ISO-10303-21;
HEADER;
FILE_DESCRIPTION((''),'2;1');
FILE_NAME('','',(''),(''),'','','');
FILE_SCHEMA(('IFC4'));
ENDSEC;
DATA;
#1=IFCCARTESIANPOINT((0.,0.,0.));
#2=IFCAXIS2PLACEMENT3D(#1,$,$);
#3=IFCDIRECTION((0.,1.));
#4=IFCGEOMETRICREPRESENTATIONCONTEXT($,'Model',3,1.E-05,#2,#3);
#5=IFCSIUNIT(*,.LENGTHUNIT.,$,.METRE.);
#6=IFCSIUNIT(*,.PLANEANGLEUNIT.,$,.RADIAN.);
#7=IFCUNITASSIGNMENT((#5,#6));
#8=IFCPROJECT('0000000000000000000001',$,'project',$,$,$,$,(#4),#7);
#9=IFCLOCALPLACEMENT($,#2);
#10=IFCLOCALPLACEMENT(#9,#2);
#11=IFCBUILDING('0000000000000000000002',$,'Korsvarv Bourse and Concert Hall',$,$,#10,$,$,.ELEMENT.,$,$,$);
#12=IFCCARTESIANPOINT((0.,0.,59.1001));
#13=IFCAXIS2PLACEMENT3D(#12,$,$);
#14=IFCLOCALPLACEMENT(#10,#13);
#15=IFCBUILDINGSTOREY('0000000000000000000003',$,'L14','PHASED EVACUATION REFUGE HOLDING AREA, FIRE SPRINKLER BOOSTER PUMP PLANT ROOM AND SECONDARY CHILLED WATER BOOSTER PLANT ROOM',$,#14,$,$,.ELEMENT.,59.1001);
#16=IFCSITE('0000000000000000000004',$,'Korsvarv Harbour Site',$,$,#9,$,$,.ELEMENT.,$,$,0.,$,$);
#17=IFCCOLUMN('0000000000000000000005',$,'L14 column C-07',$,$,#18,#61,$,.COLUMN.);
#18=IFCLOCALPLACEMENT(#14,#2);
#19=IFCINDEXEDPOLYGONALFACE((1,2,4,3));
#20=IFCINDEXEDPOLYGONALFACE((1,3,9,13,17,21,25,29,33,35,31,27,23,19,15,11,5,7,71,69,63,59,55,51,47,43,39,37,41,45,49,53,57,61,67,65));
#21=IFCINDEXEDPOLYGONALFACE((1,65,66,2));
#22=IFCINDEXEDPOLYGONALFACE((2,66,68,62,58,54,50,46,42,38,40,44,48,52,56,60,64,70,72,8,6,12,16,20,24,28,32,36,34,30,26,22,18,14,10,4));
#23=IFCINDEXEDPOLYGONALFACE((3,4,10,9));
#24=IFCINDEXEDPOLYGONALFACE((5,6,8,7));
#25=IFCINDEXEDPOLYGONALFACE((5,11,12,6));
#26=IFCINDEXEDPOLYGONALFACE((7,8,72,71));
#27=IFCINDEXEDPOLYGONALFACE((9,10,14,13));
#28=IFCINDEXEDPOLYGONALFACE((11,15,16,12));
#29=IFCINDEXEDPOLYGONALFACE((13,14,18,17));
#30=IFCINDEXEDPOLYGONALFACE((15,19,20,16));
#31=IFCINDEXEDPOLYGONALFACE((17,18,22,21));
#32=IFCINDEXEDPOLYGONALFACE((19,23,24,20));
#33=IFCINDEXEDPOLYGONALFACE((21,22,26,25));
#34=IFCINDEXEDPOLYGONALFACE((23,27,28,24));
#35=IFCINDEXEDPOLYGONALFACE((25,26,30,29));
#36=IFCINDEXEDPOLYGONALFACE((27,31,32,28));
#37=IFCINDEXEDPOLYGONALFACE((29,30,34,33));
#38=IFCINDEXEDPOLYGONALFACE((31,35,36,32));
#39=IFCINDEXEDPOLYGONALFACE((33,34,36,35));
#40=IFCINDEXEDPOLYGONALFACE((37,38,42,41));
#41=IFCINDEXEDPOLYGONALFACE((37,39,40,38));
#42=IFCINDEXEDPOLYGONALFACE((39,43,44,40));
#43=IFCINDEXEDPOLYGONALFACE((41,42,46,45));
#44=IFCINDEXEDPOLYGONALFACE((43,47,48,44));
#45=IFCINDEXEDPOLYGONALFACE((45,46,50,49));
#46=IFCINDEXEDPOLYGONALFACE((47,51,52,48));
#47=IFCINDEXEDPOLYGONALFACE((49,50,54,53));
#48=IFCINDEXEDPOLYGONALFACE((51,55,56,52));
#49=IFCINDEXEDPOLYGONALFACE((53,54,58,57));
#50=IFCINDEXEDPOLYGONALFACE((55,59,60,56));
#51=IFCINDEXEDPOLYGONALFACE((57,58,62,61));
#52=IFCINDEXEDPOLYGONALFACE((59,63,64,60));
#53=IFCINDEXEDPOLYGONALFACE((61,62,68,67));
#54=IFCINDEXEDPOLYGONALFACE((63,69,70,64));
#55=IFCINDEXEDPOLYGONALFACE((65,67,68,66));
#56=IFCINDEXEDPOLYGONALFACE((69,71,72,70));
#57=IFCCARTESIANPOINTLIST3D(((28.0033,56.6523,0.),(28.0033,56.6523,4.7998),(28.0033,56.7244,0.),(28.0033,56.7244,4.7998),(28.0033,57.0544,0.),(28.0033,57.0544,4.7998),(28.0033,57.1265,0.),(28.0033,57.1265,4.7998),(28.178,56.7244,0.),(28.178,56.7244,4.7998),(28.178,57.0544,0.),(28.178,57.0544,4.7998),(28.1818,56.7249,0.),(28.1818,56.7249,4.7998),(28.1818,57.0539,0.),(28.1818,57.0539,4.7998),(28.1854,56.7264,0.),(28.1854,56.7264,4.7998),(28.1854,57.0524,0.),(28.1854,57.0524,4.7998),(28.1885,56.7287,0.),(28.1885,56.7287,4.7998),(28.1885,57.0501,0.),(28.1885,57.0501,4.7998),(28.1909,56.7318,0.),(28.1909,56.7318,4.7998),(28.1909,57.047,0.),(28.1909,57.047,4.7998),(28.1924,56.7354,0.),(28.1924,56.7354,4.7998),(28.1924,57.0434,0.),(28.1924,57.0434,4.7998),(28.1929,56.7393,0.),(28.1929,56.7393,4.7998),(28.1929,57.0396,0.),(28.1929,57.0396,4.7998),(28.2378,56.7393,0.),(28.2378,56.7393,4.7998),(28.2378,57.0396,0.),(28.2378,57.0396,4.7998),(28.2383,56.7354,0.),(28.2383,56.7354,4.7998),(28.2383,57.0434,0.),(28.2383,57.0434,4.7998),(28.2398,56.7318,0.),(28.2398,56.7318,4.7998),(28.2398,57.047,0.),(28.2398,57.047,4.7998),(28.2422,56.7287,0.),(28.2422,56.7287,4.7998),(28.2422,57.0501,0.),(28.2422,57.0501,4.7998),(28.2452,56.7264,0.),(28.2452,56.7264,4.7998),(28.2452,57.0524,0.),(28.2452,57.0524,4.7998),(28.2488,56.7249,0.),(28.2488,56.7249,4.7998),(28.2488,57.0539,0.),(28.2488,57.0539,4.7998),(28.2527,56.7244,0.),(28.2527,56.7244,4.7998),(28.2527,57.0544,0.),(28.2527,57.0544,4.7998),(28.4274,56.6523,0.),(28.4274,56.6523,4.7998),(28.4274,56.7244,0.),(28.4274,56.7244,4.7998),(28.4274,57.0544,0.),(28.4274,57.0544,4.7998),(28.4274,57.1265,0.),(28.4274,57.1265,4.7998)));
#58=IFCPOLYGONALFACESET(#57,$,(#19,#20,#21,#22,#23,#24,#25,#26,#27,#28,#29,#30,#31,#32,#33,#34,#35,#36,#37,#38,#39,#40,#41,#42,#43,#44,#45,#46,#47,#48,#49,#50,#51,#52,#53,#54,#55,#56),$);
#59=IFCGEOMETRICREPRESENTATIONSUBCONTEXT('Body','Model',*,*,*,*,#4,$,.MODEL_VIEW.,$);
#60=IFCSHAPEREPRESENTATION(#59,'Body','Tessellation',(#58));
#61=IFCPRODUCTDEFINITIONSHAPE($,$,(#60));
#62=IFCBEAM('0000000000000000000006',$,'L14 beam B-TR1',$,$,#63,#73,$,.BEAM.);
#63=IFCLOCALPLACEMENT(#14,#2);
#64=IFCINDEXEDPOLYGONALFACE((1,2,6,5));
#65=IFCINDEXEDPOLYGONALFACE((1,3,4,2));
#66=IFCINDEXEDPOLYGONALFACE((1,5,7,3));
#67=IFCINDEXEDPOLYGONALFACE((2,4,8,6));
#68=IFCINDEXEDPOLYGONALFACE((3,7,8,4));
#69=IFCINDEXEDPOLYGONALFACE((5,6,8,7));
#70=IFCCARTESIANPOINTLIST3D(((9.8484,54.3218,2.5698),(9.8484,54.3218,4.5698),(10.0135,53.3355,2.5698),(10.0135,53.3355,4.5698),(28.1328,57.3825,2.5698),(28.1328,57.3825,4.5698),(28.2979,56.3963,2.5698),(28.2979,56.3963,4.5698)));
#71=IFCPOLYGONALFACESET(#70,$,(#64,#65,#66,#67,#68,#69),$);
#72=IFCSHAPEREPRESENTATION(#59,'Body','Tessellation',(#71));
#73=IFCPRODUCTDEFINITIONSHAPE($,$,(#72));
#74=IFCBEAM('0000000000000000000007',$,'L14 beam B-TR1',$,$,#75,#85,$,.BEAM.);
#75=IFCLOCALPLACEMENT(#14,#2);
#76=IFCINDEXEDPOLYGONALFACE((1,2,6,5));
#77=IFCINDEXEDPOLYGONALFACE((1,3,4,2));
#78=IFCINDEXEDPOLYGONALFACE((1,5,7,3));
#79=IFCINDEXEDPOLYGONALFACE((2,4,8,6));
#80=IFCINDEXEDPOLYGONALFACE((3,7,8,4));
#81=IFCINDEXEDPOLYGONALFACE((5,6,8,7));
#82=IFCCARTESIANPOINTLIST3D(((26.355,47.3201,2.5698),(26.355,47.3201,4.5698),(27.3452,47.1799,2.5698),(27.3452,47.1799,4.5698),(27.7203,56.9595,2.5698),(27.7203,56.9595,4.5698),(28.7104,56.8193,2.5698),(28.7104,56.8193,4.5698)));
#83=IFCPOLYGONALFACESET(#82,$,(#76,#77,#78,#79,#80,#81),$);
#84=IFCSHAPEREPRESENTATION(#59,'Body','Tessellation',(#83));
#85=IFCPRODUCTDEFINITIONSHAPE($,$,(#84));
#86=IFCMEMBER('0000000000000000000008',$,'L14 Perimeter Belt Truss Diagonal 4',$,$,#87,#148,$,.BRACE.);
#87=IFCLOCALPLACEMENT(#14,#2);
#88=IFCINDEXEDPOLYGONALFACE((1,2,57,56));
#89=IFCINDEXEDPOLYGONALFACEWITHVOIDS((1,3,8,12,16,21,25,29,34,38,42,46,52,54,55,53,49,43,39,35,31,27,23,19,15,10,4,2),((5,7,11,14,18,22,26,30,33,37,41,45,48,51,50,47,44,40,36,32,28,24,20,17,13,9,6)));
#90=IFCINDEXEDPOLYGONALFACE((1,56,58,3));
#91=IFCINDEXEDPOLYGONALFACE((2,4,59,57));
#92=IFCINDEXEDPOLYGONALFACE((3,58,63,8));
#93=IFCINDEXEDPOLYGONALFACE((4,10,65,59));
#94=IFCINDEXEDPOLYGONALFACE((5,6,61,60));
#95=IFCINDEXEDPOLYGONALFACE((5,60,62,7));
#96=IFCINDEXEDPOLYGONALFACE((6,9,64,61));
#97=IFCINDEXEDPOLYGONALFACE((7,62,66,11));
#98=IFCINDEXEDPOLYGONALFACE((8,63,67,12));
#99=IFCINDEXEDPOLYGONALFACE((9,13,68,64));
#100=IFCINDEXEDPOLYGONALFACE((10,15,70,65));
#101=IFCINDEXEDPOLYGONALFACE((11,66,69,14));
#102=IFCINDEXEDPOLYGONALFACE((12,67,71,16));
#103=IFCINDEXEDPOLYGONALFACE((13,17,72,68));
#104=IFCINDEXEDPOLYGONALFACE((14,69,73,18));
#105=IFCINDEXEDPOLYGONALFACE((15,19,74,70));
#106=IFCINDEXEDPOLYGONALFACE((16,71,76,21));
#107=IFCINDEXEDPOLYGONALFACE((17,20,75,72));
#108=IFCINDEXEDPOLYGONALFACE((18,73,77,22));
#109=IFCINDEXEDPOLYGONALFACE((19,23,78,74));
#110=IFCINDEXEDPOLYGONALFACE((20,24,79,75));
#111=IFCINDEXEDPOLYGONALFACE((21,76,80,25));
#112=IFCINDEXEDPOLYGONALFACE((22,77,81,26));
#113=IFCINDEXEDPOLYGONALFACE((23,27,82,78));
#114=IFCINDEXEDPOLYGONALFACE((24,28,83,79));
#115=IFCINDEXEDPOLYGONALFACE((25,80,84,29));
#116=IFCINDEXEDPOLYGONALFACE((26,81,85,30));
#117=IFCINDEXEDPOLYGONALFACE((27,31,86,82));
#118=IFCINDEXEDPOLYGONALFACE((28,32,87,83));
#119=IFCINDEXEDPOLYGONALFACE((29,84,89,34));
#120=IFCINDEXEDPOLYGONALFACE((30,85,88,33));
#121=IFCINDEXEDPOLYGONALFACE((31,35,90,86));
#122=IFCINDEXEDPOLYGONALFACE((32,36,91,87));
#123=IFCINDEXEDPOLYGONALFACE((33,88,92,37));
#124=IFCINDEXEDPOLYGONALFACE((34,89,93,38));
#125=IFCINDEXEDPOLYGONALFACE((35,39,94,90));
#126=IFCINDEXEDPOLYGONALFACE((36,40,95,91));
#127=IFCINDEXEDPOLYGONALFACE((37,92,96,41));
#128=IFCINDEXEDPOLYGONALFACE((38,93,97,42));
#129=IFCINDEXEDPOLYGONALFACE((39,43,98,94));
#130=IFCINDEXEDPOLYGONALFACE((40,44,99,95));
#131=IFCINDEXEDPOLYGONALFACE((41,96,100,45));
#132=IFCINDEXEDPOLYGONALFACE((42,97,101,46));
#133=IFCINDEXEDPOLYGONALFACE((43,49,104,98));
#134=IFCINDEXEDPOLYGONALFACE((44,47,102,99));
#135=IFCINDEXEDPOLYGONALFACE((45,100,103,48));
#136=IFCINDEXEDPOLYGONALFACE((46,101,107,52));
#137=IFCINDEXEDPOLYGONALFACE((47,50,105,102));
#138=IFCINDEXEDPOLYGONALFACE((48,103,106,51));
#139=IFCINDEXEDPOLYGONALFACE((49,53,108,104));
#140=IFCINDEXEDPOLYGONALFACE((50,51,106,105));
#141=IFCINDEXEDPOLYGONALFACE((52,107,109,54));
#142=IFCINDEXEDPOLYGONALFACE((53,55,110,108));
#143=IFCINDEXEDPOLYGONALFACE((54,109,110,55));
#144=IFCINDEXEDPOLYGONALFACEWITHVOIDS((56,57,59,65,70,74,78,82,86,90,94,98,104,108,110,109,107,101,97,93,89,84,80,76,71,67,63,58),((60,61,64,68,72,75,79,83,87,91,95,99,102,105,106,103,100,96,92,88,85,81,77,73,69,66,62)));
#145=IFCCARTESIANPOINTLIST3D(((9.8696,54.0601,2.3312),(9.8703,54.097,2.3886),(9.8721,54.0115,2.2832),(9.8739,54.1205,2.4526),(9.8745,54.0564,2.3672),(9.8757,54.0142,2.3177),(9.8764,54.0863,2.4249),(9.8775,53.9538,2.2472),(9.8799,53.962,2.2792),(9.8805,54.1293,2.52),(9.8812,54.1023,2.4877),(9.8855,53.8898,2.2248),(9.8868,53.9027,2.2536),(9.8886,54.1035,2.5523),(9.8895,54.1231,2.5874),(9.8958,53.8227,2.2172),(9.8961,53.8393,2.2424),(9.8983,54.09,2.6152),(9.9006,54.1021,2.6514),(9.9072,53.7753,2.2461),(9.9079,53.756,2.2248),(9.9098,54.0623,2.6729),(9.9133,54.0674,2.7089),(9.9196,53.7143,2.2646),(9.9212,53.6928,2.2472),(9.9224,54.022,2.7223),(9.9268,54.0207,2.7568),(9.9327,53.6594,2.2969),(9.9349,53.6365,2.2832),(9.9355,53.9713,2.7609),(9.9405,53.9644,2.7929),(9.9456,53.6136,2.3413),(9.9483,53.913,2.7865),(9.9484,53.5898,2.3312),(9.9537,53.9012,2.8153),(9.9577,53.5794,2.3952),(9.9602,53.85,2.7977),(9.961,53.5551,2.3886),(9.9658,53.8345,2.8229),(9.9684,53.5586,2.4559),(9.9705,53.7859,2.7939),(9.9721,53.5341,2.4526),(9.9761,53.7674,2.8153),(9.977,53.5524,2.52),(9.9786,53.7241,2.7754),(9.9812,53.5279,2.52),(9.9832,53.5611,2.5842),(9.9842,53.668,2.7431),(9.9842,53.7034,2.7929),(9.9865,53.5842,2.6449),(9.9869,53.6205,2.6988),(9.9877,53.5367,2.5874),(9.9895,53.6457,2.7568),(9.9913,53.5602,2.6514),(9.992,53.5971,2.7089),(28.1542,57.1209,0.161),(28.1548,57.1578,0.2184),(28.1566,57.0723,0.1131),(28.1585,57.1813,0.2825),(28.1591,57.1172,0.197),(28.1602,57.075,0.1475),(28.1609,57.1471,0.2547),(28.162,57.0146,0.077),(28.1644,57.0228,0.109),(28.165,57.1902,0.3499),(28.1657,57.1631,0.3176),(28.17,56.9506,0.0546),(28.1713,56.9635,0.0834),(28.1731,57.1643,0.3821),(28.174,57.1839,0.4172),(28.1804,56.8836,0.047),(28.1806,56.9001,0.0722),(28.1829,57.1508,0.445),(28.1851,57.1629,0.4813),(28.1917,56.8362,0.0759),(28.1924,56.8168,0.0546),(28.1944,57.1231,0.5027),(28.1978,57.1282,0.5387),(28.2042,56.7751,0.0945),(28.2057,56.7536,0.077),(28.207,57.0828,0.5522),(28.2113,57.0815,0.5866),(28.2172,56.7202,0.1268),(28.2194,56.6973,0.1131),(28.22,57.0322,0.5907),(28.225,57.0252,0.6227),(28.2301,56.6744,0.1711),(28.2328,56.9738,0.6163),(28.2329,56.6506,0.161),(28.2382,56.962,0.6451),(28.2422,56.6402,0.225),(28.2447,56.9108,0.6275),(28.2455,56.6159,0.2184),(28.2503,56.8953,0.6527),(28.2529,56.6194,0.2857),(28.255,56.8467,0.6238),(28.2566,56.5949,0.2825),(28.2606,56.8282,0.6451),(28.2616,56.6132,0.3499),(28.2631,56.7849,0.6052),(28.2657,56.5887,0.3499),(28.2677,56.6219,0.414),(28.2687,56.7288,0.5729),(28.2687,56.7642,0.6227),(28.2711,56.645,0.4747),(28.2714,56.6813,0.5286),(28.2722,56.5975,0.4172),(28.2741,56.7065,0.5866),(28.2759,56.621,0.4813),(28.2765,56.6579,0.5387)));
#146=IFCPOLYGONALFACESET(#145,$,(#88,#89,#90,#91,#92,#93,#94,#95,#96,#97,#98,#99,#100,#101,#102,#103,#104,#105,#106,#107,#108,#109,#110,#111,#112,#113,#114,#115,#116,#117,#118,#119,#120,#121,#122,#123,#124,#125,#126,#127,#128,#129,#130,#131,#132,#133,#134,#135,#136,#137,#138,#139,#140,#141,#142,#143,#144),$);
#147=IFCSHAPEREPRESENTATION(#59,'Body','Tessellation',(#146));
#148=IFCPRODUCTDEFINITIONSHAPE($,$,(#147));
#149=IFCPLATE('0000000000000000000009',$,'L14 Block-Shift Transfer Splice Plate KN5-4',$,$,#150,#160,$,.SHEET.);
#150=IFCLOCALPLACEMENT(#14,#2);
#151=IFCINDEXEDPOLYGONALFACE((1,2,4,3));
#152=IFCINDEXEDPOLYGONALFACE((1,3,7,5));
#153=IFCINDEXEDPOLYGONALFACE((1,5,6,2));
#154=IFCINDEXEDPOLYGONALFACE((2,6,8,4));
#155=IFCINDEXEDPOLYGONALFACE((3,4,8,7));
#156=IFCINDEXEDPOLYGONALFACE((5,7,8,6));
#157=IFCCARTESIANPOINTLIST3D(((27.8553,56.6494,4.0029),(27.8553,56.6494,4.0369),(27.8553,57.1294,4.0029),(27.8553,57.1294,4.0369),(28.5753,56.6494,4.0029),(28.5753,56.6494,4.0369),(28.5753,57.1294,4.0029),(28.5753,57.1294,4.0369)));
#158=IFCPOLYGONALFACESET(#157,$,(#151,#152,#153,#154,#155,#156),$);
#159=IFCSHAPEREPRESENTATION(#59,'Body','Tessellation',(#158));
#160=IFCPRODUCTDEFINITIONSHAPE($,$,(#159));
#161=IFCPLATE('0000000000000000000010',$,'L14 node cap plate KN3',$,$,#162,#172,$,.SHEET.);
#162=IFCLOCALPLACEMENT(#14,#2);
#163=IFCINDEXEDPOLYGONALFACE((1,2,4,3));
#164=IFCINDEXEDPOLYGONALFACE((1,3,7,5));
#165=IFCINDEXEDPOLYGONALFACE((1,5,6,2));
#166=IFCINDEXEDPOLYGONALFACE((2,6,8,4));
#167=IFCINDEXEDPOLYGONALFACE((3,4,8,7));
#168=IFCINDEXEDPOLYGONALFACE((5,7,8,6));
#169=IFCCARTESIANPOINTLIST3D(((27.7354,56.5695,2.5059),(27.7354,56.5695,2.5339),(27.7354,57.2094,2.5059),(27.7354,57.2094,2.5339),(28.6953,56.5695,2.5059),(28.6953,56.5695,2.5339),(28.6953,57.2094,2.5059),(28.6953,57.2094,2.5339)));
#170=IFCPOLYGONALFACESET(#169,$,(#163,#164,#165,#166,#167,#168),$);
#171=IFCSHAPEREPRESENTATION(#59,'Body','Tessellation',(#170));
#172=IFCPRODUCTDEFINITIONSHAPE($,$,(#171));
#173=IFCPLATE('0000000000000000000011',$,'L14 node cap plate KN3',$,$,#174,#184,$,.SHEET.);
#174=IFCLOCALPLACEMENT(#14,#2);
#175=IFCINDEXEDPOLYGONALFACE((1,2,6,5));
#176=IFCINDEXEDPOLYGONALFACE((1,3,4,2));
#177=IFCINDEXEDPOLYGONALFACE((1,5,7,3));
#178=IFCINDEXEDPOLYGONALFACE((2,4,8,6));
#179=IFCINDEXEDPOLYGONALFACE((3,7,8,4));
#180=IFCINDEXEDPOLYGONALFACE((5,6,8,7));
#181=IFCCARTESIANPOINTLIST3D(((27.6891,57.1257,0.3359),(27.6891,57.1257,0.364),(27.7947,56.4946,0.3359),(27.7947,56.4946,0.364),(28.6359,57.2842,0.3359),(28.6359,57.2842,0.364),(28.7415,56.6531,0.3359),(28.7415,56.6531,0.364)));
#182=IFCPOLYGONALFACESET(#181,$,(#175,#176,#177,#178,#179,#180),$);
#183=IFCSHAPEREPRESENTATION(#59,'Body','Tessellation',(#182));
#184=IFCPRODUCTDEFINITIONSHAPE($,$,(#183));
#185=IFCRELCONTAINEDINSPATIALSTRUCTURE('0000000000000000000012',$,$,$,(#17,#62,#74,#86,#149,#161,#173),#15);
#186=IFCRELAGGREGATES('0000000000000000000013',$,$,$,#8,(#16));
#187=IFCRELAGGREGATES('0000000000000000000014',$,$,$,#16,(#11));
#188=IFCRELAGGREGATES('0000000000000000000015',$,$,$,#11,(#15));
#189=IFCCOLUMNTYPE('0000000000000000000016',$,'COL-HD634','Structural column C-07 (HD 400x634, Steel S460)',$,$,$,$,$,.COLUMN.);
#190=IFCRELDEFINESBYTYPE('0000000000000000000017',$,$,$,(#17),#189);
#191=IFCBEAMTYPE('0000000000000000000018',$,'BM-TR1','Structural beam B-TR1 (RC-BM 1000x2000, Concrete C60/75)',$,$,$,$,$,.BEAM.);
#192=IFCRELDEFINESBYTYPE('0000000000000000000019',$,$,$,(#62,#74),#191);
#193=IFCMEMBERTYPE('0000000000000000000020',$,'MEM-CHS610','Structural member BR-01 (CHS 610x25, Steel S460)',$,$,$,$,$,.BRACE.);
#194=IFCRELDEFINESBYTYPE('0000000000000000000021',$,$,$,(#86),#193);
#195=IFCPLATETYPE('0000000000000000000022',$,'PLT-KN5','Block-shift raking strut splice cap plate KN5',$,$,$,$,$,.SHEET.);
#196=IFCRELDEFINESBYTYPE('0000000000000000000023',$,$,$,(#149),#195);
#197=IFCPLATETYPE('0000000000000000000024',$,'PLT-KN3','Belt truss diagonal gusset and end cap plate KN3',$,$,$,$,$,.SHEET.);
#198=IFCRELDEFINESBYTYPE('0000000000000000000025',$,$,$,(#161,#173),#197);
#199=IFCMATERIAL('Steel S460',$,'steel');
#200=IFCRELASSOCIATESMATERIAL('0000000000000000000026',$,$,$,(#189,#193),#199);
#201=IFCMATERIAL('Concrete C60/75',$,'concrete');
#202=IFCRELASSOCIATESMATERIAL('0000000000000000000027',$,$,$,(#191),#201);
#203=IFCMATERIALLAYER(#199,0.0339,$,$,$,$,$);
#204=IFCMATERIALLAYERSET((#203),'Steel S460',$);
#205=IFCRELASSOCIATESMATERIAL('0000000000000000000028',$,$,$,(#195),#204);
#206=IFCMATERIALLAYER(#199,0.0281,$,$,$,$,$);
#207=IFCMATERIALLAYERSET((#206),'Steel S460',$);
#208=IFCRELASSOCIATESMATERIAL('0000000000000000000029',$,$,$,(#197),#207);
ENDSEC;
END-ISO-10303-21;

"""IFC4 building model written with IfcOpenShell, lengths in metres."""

from ifc_helpers import new_model, si_unit, direction, frame, origin, origin_2d, place, context, subcontext, project, spatial, rectangle, hollow_circle, i_section, extrude, source, transform, mapped, material, layer, layer_set, material_profile, profile_set, type_object, element, save


model = new_model("IFC4")

# Units and contexts
model_context = context("Model", 3, precision=1e-05, world=origin(), true_north=direction((0.0, 1.0)))
body_context = subcontext(model_context, "Body", "Model", "MODEL_VIEW")
ifc_project = project(units=[si_unit("LENGTHUNIT", "METRE"), si_unit("PLANEANGLEUNIT", "RADIAN")], contexts=[model_context])

# Site, building, storey
site_placement = place(None, origin())
site = spatial("IfcSite", under=ifc_project, at=site_placement, Name="Korsvarv Harbour Site", CompositionType="ELEMENT", RefElevation=0.0)
building_placement = place(site_placement, origin())
building = spatial("IfcBuilding", under=site, at=building_placement, Name="Korsvarv Bourse and Concert Hall", CompositionType="ELEMENT")
storey_placement = place(building_placement, frame((0.0, 0.0, 59.1001)))
storey = spatial("IfcBuildingStorey", under=building, at=storey_placement, Name="L14", Description="PHASED EVACUATION REFUGE HOLDING AREA, FIRE SPRINKLER BOOSTER PUMP PLANT ROOM AND SECONDARY CHILLED WATER BOOSTER PLANT ROOM", CompositionType="ELEMENT", Elevation=59.1001)

# Column
ifc_material_1 = material(Name="Steel S460", Category="steel")
ifc_material_profile_1 = material_profile(ifc_material_1, i_section(OverallWidth=0.4241, OverallDepth=0.4741, WebThickness=0.0449, FlangeThickness=0.072, FilletRadius=0.0149, at=origin_2d()), Name="HD 400x634")
ifc_profile_set_1 = profile_set([ifc_material_profile_1], Name="Steel S460")
column_type = type_object("IfcColumnType", Name="COL-HD634", Description="Structural column C-07 (HD 400x634, Steel S460)", PredefinedType="COLUMN", material=ifc_profile_set_1)
shared_shape_1 = source(origin(), body_context, "Body", "SweptSolid", [
    extrude(i_section(OverallWidth=0.4241, OverallDepth=0.4741, WebThickness=0.0449, FlangeThickness=0.072, FilletRadius=0.0149, at=origin_2d()), origin(), (0.0, 0.0, 1.0), 4.7998),
])
column_placement = place(storey_placement, frame((28.2153, 56.8894, 0.0), z_axis=(0.0, 0.0, 1.0), x_axis=(1.0, 0.0, 0.0)))
element("IfcColumn", 1, at=column_placement, inside=storey, type_object=column_type, Name="L14 column C-07", PredefinedType="COLUMN", context=body_context, shape_type="MappedRepresentation", body=[
    mapped(shared_shape_1, transform((0.0, 0.0, 0.0), scale=1.0)),
])

# Beams
ifc_material_2 = material(Name="Concrete C60/75", Category="concrete")
ifc_material_profile_2 = material_profile(ifc_material_2, rectangle(XDim=1.0, YDim=2.0, at=origin_2d()), Name="RC-BM 1000x2000")
ifc_profile_set_2 = profile_set([ifc_material_profile_2], Name="Concrete C60/75")
beam_type = type_object("IfcBeamType", Name="BM-TR1", Description="Structural beam B-TR1 (RC-BM 1000x2000, Concrete C60/75)", PredefinedType="BEAM", material=ifc_profile_set_2)
shared_shape_2 = source(origin(), body_context, "Body", "SweptSolid", [
    extrude(rectangle(XDim=1.0, YDim=2.0, at=origin_2d()), origin(), (0.0, 0.0, 1.0), 18.5388),
])
beam_1_placement = place(storey_placement, frame((28.2153, 56.8894, 3.5698), z_axis=(-0.986277, -0.165102, 0.0), x_axis=(0.165102, -0.986277, 0.0)))
element("IfcBeam", 2, at=beam_1_placement, inside=storey, type_object=beam_type, Name="L14 beam B-TR1", PredefinedType="BEAM", context=body_context, shape_type="MappedRepresentation", body=[
    mapped(shared_shape_2, transform((0.0, 0.0, 0.0), scale=1.0)),
])
shared_shape_3 = source(origin(), body_context, "Body", "SweptSolid", [
    extrude(rectangle(XDim=1.0, YDim=2.0, at=origin_2d()), origin(), (0.0, 0.0, 1.0), 9.7356),
])
beam_2_placement = place(storey_placement, frame((28.2153, 56.8894, 3.5698), z_axis=(-0.140231, -0.990119, 0.0), x_axis=(0.990119, -0.140231, 0.0)))
element("IfcBeam", 3, at=beam_2_placement, inside=storey, type_object=beam_type, Name="L14 beam B-TR1", PredefinedType="BEAM", context=body_context, shape_type="MappedRepresentation", body=[
    mapped(shared_shape_3, transform((0.0, 0.0, 0.0), scale=1.0)),
])

# Member
ifc_material_profile_3 = material_profile(ifc_material_1, hollow_circle(Radius=0.3049, WallThickness=0.0249, at=origin_2d()), Name="CHS 610x25")
ifc_profile_set_3 = profile_set([ifc_material_profile_3], Name="Steel S460")
member_type = type_object("IfcMemberType", Name="MEM-CHS610", Description="Structural member BR-01 (CHS 610x25, Steel S460)", PredefinedType="BRACE", material=ifc_profile_set_3)
shared_shape_4 = source(origin(), body_context, "Body", "SweptSolid", [
    extrude(hollow_circle(Radius=0.3049, WallThickness=0.0249, at=origin_2d()), origin(), (0.0, 0.0, 1.0), 18.6655),
])
member_placement = place(storey_placement, frame((28.2153, 56.8894, 0.3499), z_axis=(-0.979588, -0.163982, 0.116267), x_axis=(0.165102, -0.986277, 0.0)))
element("IfcMember", 4, at=member_placement, inside=storey, type_object=member_type, Name="L14 Perimeter Belt Truss Diagonal 4", PredefinedType="BRACE", context=body_context, shape_type="MappedRepresentation", body=[
    mapped(shared_shape_4, transform((0.0, 0.0, 0.0), scale=1.0)),
])

# Plates
ifc_layer_1 = layer(ifc_material_1, 0.0339)
ifc_layer_set_1 = layer_set([ifc_layer_1], Name="Steel S460")
plate_type_1 = type_object("IfcPlateType", Name="PLT-KN5", Description="Block-shift raking strut splice cap plate KN5", PredefinedType="SHEET", material=ifc_layer_set_1)
shared_shape_5 = source(origin(), body_context, "Body", "SweptSolid", [
    extrude(rectangle(XDim=0.72, YDim=0.48, at=origin_2d()), origin(), (0.0, 0.0, 1.0), 0.0339),
])
plate_placement = place(storey_placement, frame((28.2153, 56.8894, 4.0029), z_axis=(0.0, 0.0, 1.0), x_axis=(1.0, 0.0, 0.0)))
element("IfcPlate", 5, at=plate_placement, inside=storey, type_object=plate_type_1, Name="L14 Block-Shift Transfer Splice Plate KN5-4", PredefinedType="SHEET", context=body_context, shape_type="MappedRepresentation", body=[
    mapped(shared_shape_5, transform((0.0, 0.0, 0.0), scale=1.0)),
])
ifc_layer_2 = layer(ifc_material_1, 0.0281)
ifc_layer_set_2 = layer_set([ifc_layer_2], Name="Steel S460")
plate_type_2 = type_object("IfcPlateType", Name="PLT-KN3", Description="Belt truss diagonal gusset and end cap plate KN3", PredefinedType="SHEET", material=ifc_layer_set_2)
shared_shape_6 = source(origin(), body_context, "Body", "SweptSolid", [
    extrude(rectangle(XDim=0.96, YDim=0.6399, at=origin_2d()), origin(), (0.0, 0.0, 1.0), 0.0281),
])
for number, where, z_axis, x_axis, name in (
    (6, (28.2153, 56.8894, 2.5059), (0.0, 0.0, 1.0), (1.0, 0.0, 0.0), "L14 node cap plate KN3"),
    (7, (28.2153, 56.8894, 0.3359), (0.0, 0.0, 1.0), (0.986286, 0.165048, 0.0), "L14 node cap plate KN3"),
):
    element("IfcPlate", number, at=place(storey_placement, frame(where, z_axis=z_axis, x_axis=x_axis)), inside=storey, type_object=plate_type_2, Name=name, PredefinedType="SHEET", context=body_context, shape_type="MappedRepresentation", body=[
        mapped(shared_shape_6, transform((0.0, 0.0, 0.0), scale=1.0)),
    ])

save(model, "model.ifc")
